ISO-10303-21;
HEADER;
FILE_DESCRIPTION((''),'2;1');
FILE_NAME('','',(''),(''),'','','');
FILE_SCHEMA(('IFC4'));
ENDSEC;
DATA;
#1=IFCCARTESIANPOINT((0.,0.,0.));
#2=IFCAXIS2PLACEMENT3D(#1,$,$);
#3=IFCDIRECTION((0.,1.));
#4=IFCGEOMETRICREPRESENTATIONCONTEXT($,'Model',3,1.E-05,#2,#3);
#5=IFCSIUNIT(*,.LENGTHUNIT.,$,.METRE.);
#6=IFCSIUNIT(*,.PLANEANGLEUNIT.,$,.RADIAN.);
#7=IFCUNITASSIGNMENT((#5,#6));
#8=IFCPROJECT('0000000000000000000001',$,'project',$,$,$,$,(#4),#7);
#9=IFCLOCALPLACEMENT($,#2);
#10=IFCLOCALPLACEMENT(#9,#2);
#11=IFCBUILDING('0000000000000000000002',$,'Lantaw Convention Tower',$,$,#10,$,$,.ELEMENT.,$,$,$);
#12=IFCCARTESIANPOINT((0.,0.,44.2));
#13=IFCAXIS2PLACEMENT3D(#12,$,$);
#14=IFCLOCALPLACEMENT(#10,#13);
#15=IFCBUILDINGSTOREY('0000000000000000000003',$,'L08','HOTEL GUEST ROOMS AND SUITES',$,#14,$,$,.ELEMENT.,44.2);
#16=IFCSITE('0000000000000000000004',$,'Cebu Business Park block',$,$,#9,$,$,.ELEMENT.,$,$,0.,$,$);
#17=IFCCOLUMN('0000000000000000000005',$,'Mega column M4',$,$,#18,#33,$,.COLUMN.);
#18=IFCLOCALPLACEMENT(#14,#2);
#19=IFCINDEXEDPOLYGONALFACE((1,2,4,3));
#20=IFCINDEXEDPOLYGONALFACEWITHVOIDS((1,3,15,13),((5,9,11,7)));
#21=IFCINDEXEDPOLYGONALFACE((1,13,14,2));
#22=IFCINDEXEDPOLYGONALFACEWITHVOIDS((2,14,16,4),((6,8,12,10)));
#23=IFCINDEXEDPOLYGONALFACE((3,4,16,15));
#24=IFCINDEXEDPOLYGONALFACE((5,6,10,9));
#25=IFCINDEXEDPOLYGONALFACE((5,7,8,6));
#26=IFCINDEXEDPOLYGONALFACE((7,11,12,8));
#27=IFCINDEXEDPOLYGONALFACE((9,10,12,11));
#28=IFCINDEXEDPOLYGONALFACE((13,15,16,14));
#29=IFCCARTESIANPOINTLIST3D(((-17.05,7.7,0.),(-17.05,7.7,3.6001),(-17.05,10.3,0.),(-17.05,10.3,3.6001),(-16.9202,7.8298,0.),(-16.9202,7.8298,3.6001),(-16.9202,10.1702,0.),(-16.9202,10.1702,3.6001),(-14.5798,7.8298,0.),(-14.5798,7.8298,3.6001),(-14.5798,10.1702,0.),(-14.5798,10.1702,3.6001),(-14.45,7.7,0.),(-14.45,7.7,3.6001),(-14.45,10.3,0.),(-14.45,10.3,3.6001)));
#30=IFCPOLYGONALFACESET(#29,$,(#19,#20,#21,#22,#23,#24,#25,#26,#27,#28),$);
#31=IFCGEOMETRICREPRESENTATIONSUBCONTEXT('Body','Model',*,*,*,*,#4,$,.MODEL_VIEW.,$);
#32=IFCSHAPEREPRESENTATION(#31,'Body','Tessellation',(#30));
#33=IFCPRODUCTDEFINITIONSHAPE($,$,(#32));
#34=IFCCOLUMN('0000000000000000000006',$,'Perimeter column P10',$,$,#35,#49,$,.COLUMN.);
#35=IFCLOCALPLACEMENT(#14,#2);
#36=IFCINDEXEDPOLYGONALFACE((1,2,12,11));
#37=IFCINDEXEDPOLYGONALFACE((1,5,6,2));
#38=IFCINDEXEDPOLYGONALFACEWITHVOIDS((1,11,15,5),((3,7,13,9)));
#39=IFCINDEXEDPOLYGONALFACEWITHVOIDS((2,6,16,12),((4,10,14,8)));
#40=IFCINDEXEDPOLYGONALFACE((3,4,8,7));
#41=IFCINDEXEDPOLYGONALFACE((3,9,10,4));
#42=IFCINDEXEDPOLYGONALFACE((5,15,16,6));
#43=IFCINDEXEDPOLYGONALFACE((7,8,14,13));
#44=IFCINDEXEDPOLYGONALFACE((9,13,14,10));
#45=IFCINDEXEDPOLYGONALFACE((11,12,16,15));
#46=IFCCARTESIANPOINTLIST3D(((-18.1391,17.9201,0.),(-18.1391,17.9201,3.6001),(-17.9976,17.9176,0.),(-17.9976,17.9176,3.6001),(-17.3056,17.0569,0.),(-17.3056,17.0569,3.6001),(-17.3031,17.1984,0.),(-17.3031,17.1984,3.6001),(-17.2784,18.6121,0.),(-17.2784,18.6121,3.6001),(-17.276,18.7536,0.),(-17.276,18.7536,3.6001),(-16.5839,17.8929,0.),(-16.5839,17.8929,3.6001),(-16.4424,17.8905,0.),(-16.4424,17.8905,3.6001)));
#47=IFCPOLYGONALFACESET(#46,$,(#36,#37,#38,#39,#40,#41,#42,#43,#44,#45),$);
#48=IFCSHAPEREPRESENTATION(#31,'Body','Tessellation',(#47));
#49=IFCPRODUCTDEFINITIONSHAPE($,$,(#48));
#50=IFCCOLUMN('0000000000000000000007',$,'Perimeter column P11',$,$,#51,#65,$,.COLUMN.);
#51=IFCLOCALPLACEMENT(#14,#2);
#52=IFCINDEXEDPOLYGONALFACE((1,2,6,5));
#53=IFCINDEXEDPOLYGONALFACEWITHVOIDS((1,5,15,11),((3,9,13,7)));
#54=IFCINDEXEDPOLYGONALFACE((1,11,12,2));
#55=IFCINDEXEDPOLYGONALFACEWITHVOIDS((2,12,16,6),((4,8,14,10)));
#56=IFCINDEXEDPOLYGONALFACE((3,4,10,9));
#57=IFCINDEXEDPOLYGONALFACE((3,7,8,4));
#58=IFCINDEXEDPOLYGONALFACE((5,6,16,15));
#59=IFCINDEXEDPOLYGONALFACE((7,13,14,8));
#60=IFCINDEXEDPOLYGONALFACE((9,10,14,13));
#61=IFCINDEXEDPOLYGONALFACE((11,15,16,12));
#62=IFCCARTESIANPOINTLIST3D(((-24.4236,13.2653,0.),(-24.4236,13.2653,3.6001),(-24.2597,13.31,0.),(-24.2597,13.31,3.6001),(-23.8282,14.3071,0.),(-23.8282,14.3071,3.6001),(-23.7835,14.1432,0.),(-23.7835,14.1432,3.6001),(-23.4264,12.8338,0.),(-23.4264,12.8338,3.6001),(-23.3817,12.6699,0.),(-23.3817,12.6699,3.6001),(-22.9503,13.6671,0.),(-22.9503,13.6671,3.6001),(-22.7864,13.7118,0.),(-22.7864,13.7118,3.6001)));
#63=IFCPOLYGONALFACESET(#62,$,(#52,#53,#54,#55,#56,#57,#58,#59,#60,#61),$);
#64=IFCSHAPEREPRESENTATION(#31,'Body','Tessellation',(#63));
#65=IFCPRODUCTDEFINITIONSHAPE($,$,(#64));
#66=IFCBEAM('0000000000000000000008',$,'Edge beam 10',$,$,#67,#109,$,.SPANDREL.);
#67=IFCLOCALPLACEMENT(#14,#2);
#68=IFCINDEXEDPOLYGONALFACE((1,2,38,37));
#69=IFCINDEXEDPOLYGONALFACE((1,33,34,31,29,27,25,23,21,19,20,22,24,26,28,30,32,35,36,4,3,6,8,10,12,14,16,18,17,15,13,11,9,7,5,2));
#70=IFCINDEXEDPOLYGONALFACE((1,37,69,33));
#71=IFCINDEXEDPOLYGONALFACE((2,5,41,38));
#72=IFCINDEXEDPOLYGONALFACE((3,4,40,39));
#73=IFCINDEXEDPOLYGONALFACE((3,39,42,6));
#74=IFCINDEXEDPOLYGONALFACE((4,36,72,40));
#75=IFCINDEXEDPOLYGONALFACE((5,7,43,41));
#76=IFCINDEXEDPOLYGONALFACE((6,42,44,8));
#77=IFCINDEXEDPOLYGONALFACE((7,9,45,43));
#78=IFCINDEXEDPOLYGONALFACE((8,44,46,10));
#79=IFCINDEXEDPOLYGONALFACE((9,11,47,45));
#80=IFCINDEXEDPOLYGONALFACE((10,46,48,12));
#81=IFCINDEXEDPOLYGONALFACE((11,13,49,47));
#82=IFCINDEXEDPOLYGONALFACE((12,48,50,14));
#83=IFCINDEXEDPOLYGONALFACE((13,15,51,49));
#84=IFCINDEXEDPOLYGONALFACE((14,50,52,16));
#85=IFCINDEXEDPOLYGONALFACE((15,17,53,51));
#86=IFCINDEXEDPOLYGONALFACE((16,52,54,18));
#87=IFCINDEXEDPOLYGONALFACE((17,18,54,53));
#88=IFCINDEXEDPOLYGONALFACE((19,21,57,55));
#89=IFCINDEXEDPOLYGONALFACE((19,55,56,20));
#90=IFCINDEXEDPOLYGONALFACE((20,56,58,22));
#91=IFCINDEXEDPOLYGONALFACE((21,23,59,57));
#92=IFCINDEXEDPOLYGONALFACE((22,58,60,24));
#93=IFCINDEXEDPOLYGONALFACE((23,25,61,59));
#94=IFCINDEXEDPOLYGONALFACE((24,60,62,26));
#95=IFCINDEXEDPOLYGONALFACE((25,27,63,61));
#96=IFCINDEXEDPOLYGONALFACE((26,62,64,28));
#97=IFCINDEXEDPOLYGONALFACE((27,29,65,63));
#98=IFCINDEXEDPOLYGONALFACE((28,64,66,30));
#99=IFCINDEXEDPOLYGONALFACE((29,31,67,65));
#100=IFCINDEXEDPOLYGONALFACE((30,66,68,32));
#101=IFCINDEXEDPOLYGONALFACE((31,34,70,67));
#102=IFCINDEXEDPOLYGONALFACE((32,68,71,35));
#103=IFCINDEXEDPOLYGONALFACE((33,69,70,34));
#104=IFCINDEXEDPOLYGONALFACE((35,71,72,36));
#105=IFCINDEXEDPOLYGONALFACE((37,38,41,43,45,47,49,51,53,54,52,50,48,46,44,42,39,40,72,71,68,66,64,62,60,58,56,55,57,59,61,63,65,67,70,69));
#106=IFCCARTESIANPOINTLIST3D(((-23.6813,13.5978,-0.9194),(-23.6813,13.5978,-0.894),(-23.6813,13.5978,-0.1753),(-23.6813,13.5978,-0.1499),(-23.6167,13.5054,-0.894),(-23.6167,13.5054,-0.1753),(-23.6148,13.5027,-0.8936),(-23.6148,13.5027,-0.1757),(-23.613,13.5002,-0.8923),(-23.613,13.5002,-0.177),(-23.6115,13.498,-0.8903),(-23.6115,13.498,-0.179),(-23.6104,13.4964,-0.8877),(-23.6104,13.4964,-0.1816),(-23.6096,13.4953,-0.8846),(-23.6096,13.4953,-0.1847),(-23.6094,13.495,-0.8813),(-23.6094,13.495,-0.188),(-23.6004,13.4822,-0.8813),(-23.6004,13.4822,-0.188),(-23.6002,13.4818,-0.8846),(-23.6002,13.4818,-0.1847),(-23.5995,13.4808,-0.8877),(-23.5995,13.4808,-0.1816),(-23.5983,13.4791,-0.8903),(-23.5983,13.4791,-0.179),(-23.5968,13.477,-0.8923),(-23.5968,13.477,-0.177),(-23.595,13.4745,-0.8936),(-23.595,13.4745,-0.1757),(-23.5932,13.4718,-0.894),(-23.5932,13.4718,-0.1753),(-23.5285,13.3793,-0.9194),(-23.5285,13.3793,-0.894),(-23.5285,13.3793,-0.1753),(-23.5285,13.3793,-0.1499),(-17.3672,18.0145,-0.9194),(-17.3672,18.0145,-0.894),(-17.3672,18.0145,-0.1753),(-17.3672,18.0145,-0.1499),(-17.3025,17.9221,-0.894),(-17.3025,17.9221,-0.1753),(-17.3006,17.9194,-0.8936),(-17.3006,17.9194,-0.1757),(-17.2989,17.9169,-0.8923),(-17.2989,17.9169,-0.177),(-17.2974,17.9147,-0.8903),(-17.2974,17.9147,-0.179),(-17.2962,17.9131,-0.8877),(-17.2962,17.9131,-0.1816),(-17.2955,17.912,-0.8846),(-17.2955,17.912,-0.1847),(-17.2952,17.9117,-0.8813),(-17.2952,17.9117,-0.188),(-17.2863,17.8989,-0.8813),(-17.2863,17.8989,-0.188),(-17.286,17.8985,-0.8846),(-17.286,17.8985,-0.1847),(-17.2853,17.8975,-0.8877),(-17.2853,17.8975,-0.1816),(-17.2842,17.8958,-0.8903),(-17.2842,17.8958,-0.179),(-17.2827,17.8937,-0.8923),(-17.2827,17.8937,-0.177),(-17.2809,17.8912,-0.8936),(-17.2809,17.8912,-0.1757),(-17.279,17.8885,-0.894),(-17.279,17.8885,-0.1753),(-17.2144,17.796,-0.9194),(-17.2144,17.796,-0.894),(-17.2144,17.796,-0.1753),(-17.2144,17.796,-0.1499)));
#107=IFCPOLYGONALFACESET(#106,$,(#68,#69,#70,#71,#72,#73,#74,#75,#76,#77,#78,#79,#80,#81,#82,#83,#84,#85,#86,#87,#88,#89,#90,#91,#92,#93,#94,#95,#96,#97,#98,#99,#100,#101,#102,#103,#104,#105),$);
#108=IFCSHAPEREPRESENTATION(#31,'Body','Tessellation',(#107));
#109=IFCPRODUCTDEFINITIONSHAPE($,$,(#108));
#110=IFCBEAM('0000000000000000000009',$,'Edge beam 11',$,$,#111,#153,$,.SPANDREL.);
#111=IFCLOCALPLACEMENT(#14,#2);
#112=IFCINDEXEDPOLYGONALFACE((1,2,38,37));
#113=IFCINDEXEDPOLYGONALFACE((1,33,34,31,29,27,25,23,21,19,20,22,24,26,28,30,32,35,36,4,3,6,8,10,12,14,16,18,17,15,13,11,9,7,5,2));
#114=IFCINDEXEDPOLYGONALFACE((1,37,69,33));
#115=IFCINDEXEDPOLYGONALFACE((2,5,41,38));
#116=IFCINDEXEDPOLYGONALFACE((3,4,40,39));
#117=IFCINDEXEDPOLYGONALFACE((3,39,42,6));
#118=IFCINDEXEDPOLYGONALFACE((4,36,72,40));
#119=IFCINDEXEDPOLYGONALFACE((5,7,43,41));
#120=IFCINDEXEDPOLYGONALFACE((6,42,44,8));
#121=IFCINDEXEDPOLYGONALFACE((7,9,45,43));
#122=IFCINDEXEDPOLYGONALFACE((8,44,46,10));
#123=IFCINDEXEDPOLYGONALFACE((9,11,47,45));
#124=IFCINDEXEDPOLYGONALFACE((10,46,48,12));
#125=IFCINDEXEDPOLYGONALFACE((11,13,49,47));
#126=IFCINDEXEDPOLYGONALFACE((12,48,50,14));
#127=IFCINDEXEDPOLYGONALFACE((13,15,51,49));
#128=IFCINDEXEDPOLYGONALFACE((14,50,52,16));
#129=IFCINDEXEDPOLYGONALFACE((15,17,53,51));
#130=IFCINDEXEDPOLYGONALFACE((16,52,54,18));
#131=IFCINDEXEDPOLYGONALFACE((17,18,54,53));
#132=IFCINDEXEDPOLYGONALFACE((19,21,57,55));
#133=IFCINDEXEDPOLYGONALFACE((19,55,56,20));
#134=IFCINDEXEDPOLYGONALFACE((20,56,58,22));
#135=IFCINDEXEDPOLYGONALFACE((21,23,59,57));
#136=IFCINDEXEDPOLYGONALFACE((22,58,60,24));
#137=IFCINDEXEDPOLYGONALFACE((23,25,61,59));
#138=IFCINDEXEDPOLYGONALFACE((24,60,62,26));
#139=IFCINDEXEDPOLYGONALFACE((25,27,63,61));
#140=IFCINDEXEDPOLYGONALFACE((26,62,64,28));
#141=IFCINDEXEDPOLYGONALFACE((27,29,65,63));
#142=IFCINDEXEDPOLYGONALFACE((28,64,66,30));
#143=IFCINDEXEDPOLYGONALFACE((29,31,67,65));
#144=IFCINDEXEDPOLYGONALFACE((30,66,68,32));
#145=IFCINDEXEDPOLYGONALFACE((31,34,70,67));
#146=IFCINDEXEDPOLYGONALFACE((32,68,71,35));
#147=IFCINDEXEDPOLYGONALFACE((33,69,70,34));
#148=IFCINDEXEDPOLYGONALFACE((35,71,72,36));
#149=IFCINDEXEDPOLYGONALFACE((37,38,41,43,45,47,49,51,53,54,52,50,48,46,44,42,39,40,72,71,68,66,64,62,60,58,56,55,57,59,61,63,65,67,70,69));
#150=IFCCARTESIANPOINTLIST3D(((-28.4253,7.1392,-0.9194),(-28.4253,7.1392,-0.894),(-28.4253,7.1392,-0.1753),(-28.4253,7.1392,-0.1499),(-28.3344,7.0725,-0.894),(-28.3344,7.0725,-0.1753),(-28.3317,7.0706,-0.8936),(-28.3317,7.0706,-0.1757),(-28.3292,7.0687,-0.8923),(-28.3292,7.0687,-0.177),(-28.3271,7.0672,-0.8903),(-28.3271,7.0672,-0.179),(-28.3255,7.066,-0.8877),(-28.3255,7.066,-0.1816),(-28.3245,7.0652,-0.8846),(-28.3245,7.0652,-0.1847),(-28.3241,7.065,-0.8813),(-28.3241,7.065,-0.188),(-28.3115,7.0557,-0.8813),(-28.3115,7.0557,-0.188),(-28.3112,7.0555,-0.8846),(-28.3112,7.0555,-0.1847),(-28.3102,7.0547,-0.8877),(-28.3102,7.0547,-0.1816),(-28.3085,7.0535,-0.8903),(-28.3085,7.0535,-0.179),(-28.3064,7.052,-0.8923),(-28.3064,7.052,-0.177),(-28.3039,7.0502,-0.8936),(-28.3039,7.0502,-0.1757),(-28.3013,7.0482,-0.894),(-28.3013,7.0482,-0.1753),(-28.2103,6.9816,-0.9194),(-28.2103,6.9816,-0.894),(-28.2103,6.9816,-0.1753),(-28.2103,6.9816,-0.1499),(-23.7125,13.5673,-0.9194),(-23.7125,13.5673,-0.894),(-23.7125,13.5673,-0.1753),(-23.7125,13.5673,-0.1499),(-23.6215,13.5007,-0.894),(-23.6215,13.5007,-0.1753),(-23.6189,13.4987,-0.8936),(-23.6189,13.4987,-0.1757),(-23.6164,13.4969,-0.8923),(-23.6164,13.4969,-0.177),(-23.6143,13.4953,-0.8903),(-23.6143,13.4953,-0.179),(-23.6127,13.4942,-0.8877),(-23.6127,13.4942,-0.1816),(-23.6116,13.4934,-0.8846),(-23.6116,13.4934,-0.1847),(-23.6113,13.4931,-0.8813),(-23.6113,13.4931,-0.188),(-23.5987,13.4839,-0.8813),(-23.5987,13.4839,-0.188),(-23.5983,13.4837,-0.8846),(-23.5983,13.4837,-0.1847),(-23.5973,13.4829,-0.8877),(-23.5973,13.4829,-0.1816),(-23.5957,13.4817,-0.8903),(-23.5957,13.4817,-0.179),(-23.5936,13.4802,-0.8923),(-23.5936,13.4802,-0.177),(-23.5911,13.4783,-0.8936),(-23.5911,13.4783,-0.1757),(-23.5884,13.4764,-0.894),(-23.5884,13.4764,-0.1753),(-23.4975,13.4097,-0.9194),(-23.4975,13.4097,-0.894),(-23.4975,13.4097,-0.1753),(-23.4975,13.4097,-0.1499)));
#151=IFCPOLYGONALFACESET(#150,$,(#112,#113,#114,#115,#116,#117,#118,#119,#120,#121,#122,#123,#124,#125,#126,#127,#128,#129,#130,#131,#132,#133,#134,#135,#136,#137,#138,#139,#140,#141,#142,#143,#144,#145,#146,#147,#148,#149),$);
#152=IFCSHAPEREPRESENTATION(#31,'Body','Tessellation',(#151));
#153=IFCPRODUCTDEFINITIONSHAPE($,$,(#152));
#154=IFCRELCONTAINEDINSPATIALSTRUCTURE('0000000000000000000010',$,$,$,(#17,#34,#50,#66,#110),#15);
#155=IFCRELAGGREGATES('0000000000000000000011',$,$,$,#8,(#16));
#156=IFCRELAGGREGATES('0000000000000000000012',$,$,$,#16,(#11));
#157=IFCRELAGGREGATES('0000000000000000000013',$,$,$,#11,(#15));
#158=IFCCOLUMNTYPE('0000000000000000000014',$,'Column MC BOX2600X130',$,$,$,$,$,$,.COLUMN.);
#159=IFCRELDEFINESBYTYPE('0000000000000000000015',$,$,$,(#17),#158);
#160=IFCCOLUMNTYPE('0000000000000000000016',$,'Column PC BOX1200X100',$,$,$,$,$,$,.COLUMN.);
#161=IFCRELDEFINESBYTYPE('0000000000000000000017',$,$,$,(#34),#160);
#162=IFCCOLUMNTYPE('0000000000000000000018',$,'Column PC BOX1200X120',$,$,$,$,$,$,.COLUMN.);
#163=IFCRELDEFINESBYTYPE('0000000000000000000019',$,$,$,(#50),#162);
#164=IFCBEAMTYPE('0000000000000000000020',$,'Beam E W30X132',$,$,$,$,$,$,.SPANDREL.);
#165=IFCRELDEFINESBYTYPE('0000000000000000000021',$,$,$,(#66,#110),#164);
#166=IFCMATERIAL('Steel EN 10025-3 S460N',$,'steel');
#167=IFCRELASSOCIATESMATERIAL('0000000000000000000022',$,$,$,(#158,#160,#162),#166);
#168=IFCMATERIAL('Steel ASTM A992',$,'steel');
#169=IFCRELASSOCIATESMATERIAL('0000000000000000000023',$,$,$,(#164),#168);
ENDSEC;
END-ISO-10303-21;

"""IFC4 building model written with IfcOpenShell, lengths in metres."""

from ifc_helpers import new_model, si_unit, direction, frame, origin, origin_2d, place, context, subcontext, project, spatial, rectangle, hollow_rectangle, i_section, extrude, material, material_profile, profile_set, type_object, element, save


model = new_model("IFC4")

# Units and contexts
model_context = context("Model", 3, precision=1e-05, world=origin(), true_north=direction((0.0, 1.0)))
body_context = subcontext(model_context, "Body", "Model", "MODEL_VIEW")
ifc_project = project(units=[si_unit("LENGTHUNIT", "METRE"), si_unit("PLANEANGLEUNIT", "RADIAN")], contexts=[model_context])

# Site, building, storey
site_placement = place(None, origin())
site = spatial("IfcSite", under=ifc_project, at=site_placement, Name="Cebu Business Park block", CompositionType="ELEMENT", RefElevation=0.0)
building_placement = place(site_placement, origin())
building = spatial("IfcBuilding", under=site, at=building_placement, Name="Lantaw Convention Tower", CompositionType="ELEMENT")
storey_placement = place(building_placement, frame((0.0, 0.0, 44.2)))
storey = spatial("IfcBuildingStorey", under=building, at=storey_placement, Name="L08", Description="HOTEL GUEST ROOMS AND SUITES", CompositionType="ELEMENT", Elevation=44.2)

# Columns
ifc_material_1 = material(Name="Steel EN 10025-3 S460N", Category="steel")
ifc_material_profile_1 = material_profile(ifc_material_1, hollow_rectangle(XDim=2.6001, YDim=2.6001, WallThickness=0.1299, at=origin_2d()), Name="BOX2600X130")
ifc_material_2 = material(Name="Concrete C60/75", Category="concrete")
ifc_material_profile_2 = material_profile(ifc_material_2, rectangle(XDim=2.3401, YDim=2.3401, at=origin_2d()), Name="Concrete fill of BOX2600X130")
ifc_profile_set_1 = profile_set([ifc_material_profile_1, ifc_material_profile_2], Name="Steel EN 10025-3 S460N")
column_type_1 = type_object("IfcColumnType", Name="Column MC BOX2600X130", PredefinedType="COLUMN", material=ifc_profile_set_1)
column_1_placement = place(storey_placement, frame((-15.75, 9.0, 0.0), z_axis=(0.0, 0.0, 1.0), x_axis=(1.0, 0.0, 0.0)))
element("IfcColumn", 1, at=column_1_placement, inside=storey, type_object=column_type_1, Name="Mega column M4", PredefinedType="COLUMN", context=body_context, shape_type="SweptSolid", body=[
    extrude(hollow_rectangle(XDim=2.6001, YDim=2.6001, WallThickness=0.1299, at=origin_2d()), origin(), (0.0, 0.0, 1.0), 3.6001),
])
ifc_material_profile_3 = material_profile(ifc_material_1, hollow_rectangle(XDim=1.2, YDim=1.2, WallThickness=0.1001, at=origin_2d()), Name="BOX1200X100")
ifc_material_profile_4 = material_profile(ifc_material_2, rectangle(XDim=1.0, YDim=1.0, at=origin_2d()), Name="Concrete fill of BOX1200X100")
ifc_profile_set_2 = profile_set([ifc_material_profile_3, ifc_material_profile_4], Name="Steel EN 10025-3 S460N")
column_type_2 = type_object("IfcColumnType", Name="Column PC BOX1200X100", PredefinedType="COLUMN", material=ifc_profile_set_2)
column_2_placement = place(storey_placement, frame((-17.2908, 17.9053, 0.0), z_axis=(0.0, 0.0, 1.0), x_axis=(0.71934, 0.694658, 0.0)))
element("IfcColumn", 2, at=column_2_placement, inside=storey, type_object=column_type_2, Name="Perimeter column P10", PredefinedType="COLUMN", context=body_context, shape_type="SweptSolid", body=[
    extrude(hollow_rectangle(XDim=1.2, YDim=1.2, WallThickness=0.1001, at=origin_2d()), origin(), (0.0, 0.0, 1.0), 3.6001),
])
ifc_material_profile_5 = material_profile(ifc_material_1, hollow_rectangle(XDim=1.2, YDim=1.2, WallThickness=0.1201, at=origin_2d()), Name="BOX1200X120")
ifc_material_profile_6 = material_profile(ifc_material_2, rectangle(XDim=0.96, YDim=0.96, at=origin_2d()), Name="Concrete fill of BOX1200X120")
ifc_profile_set_3 = profile_set([ifc_material_profile_5, ifc_material_profile_6], Name="Steel EN 10025-3 S460N")
column_type_3 = type_object("IfcColumnType", Name="Column PC BOX1200X120", PredefinedType="COLUMN", material=ifc_profile_set_3)
column_3_placement = place(storey_placement, frame((-23.605, 13.4885, 0.0), z_axis=(0.0, 0.0, 1.0), x_axis=(0.496139, 0.868243, 0.0)))
element("IfcColumn", 3, at=column_3_placement, inside=storey, type_object=column_type_3, Name="Perimeter column P11", PredefinedType="COLUMN", context=body_context, shape_type="SweptSolid", body=[
    extrude(hollow_rectangle(XDim=1.2, YDim=1.2, WallThickness=0.1201, at=origin_2d()), origin(), (0.0, 0.0, 1.0), 3.6001),
])

# Beams
ifc_material_3 = material(Name="Steel ASTM A992", Category="steel")
ifc_material_profile_7 = material_profile(ifc_material_3, i_section(OverallWidth=0.2666, OverallDepth=0.7695, WebThickness=0.0156, FlangeThickness=0.0254, FilletRadius=0.0127, at=origin_2d()), Name="W30X132")
ifc_profile_set_4 = profile_set([ifc_material_profile_7], Name="Steel ASTM A992")
beam_type_1 = type_object("IfcBeamType", Name="Beam E W30X132", PredefinedType="SPANDREL", material=ifc_profile_set_4)
beam_1_placement = place(storey_placement, frame((-17.2908, 17.9053, -0.5347), z_axis=(-0.819427, -0.573184, 0.0), x_axis=(0.573184, -0.819427, 0.0)))
element("IfcBeam", 4, at=beam_1_placement, inside=storey, type_object=beam_type_1, Name="Edge beam 10", PredefinedType="SPANDREL", context=body_context, shape_type="SweptSolid", body=[
    extrude(i_section(OverallWidth=0.2666, OverallDepth=0.7695, WebThickness=0.0156, FlangeThickness=0.0254, FilletRadius=0.0127, at=origin_2d()), origin(), (0.0, 0.0, 1.0), 7.7056),
])
beam_2_placement = place(storey_placement, frame((-23.605, 13.4885, -0.5347), z_axis=(-0.591271, -0.806473, 0.0), x_axis=(0.806473, -0.591271, 0.0)))
element("IfcBeam", 5, at=beam_2_placement, inside=storey, type_object=beam_type_1, Name="Edge beam 11", PredefinedType="SPANDREL", context=body_context, shape_type="SweptSolid", body=[
    extrude(i_section(OverallWidth=0.2666, OverallDepth=0.7695, WebThickness=0.0156, FlangeThickness=0.0254, FilletRadius=0.0127, at=origin_2d()), origin(), (0.0, 0.0, 1.0), 7.9707),
])

save(model, "model.ifc")
